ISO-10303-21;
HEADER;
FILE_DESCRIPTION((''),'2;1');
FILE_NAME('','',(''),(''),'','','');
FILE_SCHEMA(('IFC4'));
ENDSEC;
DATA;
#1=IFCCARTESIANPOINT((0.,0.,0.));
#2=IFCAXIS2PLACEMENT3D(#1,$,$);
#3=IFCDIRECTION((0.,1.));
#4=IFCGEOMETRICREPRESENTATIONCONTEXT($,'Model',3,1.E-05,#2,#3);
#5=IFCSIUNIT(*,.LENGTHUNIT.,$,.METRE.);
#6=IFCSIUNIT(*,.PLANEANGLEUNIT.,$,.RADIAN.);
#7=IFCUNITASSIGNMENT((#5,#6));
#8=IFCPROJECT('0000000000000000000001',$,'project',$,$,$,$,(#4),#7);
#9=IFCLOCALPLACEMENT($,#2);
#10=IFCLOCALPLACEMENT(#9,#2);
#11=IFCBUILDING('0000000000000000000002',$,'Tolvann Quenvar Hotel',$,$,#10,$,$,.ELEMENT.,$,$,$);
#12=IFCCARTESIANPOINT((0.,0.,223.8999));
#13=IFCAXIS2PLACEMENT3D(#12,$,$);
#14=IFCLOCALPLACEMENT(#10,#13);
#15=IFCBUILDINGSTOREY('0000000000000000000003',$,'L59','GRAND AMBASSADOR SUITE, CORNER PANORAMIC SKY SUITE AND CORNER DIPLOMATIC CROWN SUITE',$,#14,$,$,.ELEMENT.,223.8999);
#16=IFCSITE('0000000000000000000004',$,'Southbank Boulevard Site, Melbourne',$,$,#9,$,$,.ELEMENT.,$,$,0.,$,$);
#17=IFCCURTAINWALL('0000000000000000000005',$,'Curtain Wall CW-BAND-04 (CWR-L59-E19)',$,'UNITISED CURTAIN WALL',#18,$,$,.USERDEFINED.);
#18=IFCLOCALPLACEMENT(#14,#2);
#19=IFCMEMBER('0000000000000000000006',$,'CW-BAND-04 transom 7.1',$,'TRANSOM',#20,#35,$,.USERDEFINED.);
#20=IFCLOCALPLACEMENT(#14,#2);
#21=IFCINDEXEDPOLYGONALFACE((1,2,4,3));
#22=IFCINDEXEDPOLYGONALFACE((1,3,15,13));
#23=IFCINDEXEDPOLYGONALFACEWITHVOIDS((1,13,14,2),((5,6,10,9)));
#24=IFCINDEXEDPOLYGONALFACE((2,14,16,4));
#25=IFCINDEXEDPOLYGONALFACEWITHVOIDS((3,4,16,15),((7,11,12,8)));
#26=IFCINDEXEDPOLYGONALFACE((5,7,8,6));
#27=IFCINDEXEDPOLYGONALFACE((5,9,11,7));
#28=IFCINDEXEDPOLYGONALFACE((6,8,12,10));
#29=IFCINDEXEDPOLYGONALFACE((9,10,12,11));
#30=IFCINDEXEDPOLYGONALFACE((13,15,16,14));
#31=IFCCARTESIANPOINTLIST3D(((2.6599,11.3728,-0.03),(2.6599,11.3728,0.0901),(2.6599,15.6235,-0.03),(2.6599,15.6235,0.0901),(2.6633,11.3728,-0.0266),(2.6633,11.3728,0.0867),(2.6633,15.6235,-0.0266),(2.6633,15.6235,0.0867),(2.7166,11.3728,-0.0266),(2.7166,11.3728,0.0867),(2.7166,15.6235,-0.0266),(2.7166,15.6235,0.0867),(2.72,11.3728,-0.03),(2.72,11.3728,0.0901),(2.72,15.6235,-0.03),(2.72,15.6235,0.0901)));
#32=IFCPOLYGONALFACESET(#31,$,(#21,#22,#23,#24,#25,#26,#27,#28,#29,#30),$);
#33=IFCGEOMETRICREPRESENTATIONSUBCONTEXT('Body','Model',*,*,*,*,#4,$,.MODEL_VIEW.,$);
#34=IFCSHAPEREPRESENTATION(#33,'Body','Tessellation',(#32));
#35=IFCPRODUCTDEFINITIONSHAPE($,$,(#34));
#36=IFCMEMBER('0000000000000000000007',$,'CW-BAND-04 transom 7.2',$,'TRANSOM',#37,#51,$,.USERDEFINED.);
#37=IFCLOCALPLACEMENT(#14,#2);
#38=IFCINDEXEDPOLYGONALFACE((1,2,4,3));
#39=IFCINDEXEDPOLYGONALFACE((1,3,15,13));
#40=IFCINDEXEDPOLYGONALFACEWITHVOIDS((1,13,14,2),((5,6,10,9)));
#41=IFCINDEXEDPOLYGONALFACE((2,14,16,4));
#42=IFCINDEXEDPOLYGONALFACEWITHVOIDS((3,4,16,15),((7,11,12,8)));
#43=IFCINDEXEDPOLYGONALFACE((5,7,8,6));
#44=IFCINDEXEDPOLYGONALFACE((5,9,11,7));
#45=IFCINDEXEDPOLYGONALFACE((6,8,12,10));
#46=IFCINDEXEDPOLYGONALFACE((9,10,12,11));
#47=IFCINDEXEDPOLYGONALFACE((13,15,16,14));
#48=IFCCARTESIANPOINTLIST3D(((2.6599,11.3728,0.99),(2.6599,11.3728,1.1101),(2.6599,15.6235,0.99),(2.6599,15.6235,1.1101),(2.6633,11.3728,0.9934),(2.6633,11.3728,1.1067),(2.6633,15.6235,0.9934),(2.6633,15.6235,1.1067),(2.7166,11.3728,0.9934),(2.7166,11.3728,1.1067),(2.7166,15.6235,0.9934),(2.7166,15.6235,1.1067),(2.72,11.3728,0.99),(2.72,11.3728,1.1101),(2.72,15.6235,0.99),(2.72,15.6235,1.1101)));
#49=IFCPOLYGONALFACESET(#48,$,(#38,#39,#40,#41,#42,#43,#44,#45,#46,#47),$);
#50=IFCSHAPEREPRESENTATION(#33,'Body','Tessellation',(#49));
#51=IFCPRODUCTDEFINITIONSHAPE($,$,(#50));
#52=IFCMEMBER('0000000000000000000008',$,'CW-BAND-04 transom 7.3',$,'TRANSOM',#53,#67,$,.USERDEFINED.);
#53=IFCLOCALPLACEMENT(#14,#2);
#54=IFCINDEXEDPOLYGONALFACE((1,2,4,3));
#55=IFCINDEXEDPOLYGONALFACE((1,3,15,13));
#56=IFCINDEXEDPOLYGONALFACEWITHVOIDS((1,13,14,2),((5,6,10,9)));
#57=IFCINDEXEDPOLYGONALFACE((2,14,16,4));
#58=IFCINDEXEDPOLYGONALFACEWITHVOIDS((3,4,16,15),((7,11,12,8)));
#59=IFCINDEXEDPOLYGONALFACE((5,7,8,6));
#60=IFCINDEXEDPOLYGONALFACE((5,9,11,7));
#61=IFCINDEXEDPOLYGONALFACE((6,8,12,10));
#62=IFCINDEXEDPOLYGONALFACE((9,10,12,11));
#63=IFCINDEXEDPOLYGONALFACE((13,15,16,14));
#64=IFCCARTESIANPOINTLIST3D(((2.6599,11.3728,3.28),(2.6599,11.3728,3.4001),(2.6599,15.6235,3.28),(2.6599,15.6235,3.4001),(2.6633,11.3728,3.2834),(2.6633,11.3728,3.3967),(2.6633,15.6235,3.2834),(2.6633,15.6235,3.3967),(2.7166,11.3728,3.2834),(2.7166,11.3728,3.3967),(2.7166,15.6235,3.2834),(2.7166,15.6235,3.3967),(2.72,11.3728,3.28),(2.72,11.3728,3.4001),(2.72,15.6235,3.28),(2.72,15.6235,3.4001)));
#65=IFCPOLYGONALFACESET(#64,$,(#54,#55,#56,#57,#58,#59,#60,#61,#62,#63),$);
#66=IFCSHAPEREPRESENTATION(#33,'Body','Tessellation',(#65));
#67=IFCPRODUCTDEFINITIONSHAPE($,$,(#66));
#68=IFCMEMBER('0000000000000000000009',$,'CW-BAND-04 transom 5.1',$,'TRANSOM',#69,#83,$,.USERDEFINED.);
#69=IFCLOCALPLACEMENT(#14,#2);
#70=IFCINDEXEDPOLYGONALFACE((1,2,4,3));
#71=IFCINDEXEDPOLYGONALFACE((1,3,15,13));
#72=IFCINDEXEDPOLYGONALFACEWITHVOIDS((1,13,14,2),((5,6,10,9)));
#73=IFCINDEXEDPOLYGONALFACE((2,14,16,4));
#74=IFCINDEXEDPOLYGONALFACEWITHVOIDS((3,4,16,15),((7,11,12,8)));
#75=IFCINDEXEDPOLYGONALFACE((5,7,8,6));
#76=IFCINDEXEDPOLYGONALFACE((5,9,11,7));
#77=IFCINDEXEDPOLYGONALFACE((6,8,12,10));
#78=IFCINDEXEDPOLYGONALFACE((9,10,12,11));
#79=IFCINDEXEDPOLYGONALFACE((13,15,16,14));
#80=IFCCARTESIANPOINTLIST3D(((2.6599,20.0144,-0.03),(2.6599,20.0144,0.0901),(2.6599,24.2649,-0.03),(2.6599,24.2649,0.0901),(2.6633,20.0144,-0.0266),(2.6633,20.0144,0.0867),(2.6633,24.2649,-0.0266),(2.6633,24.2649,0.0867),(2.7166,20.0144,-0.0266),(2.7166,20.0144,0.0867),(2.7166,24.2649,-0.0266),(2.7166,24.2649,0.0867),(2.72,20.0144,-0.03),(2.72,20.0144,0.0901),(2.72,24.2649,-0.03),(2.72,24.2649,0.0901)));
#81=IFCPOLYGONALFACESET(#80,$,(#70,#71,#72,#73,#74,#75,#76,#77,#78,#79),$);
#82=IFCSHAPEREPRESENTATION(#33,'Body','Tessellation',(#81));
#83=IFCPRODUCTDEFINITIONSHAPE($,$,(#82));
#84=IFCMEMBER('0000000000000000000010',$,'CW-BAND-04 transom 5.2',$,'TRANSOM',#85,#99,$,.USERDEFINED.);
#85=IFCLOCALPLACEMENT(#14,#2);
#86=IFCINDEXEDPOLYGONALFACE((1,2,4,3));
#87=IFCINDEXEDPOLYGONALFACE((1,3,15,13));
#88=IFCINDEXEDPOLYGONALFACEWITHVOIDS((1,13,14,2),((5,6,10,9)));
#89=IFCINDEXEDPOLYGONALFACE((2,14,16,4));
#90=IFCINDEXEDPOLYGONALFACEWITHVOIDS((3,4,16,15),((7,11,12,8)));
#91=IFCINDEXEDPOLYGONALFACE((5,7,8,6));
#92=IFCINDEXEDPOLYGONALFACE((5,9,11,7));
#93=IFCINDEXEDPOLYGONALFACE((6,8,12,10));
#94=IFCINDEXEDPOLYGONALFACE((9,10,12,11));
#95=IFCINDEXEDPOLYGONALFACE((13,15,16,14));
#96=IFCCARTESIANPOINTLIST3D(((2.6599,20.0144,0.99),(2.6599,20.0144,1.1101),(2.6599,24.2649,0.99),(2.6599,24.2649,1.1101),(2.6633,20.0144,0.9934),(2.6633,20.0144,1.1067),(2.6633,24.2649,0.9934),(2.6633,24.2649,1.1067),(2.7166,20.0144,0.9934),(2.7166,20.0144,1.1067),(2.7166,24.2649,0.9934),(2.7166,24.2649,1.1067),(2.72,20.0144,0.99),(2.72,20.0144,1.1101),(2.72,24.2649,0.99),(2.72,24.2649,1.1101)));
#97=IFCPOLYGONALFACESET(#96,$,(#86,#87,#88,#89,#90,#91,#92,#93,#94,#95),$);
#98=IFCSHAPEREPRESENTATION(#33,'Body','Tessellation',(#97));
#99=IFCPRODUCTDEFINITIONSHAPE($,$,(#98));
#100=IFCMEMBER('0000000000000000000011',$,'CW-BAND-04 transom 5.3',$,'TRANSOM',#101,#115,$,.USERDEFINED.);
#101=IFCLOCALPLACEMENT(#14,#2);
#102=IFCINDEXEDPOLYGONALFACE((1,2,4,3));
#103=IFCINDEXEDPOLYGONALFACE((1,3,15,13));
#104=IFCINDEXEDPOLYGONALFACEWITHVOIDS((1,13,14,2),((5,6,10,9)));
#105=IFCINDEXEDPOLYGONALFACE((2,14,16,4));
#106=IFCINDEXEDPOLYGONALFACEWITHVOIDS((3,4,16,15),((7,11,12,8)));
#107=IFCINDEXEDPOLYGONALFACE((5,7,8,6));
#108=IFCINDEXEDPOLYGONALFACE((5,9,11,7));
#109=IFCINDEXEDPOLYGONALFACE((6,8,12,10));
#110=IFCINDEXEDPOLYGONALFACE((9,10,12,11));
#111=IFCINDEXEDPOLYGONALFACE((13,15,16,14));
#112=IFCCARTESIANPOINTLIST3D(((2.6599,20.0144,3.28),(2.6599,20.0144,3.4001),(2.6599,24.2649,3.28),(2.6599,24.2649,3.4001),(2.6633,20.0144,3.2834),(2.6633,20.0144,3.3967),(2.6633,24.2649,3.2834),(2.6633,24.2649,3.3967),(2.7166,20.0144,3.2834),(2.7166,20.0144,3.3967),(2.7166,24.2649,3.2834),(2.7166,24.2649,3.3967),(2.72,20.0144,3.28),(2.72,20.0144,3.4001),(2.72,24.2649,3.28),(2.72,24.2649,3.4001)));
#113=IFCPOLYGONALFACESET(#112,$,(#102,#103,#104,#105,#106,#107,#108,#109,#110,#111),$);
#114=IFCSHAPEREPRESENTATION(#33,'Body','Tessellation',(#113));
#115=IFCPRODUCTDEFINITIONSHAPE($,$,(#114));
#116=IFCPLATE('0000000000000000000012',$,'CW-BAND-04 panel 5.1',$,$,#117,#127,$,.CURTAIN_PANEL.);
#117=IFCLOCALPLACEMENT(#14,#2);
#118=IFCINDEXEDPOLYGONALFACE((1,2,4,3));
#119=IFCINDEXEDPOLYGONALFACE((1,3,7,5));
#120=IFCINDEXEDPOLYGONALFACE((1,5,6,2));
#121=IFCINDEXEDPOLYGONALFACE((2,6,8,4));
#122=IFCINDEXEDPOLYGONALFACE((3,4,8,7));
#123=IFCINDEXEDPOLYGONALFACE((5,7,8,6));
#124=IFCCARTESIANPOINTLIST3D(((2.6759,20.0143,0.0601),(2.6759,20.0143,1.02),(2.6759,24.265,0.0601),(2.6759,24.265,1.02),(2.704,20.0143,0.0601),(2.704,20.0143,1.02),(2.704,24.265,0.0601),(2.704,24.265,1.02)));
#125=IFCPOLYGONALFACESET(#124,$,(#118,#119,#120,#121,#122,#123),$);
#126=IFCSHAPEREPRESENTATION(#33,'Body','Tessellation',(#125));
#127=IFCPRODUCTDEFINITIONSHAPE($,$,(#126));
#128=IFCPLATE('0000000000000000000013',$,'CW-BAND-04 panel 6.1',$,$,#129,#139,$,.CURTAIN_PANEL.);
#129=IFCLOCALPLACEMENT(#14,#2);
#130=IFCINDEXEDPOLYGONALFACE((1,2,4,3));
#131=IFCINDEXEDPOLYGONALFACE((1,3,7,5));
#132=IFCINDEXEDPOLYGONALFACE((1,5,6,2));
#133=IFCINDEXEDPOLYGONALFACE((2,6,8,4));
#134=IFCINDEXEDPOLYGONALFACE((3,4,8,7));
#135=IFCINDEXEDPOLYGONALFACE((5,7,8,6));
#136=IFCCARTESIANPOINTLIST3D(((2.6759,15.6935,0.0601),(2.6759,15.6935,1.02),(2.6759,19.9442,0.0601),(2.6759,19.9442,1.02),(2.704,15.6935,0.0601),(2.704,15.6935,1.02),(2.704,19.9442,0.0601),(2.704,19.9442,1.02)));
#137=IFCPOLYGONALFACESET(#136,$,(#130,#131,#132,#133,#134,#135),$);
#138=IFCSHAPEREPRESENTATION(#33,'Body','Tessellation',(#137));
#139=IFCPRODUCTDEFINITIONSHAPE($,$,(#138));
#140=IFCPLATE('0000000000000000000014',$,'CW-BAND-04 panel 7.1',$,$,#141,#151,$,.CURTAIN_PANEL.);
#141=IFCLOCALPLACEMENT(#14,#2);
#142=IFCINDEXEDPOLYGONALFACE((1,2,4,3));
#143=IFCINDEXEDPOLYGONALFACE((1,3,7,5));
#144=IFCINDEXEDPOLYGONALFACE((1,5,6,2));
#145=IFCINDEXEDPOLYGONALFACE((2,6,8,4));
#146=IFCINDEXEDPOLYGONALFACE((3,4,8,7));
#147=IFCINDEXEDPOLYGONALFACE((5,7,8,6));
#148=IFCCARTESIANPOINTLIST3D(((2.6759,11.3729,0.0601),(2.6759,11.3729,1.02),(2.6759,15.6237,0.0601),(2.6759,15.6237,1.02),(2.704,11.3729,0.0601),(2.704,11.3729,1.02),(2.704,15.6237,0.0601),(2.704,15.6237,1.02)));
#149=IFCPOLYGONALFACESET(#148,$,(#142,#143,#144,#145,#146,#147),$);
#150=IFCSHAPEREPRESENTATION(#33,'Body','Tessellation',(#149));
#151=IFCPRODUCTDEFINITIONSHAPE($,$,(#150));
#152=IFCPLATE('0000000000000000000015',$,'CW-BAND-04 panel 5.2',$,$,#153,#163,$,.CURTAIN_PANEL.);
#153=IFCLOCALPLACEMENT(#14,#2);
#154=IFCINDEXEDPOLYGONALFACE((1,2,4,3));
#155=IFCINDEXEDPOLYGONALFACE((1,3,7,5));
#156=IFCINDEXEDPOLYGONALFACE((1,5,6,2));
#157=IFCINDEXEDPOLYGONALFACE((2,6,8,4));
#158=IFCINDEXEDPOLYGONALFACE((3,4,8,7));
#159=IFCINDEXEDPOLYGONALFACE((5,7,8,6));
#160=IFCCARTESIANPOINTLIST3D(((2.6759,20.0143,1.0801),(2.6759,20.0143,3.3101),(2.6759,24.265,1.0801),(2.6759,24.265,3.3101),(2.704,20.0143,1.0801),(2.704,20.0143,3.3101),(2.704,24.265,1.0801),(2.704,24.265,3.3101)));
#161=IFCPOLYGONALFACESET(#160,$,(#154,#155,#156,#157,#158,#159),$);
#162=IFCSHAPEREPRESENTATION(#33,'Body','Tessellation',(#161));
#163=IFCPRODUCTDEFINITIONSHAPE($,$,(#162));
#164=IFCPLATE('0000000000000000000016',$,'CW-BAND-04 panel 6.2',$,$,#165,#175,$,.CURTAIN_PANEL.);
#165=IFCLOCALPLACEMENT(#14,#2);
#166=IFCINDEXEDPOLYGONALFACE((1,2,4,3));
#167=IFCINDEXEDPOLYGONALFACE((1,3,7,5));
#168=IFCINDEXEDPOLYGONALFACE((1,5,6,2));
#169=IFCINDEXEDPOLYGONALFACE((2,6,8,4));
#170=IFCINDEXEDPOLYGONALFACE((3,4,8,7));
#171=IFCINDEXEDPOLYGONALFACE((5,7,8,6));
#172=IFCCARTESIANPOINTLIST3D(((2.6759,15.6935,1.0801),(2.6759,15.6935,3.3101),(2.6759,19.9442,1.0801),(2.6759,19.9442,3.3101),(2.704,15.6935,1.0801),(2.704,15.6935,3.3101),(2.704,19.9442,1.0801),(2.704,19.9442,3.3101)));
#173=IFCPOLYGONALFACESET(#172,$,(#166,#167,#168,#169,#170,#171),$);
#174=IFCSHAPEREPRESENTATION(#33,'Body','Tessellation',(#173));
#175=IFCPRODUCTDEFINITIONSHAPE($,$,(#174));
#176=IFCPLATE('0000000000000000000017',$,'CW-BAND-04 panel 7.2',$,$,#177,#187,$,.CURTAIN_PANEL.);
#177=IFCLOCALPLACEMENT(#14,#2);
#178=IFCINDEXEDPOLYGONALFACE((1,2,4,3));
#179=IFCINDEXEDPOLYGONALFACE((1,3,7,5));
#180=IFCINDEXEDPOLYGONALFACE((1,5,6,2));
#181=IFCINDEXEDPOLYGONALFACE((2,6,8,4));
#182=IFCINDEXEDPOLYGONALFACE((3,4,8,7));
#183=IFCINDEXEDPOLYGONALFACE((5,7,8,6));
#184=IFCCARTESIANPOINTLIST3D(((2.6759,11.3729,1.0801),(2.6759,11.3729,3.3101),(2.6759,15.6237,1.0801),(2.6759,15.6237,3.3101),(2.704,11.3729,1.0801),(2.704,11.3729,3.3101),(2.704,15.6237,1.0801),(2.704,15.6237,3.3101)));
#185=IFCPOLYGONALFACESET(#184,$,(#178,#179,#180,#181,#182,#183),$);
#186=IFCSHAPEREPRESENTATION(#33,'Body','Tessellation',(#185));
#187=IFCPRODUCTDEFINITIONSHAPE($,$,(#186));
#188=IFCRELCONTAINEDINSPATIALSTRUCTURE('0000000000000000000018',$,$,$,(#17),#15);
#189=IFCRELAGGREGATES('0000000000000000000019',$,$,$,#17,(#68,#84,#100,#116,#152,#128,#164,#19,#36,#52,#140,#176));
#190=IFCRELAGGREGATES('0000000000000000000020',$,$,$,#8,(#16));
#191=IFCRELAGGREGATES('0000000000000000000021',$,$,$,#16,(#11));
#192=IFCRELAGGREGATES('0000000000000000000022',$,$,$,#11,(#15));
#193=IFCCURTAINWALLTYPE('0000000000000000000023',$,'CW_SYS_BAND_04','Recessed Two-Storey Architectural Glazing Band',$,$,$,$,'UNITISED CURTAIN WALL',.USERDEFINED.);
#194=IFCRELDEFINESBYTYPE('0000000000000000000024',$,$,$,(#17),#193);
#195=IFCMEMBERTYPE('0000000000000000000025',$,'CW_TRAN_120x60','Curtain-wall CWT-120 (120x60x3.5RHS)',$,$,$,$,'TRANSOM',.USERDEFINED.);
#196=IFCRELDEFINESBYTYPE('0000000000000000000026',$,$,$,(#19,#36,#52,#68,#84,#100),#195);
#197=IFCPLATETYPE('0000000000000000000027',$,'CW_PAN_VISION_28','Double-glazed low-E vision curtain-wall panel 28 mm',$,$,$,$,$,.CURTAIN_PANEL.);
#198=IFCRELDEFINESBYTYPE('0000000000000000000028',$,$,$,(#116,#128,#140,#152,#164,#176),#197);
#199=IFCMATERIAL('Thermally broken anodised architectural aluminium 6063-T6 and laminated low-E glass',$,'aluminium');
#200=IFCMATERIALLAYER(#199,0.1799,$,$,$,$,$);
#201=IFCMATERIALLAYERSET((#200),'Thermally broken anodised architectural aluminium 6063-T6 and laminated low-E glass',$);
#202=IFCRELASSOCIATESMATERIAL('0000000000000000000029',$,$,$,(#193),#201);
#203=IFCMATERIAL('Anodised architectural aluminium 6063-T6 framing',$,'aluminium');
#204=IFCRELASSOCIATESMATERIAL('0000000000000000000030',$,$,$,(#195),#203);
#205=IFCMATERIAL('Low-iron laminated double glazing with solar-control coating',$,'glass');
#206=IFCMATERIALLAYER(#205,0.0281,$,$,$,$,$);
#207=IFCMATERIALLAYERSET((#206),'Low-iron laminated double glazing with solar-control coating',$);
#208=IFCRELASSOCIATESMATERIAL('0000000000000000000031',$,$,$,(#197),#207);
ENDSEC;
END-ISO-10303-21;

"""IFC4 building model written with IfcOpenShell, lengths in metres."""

from ifc_helpers import new_model, si_unit, direction, frame, origin, origin_2d, place, context, subcontext, project, spatial, rectangle, hollow_rectangle, extrude, source, transform, mapped, material, layer, layer_set, material_profile, profile_set, type_object, type_shapes, element, aggregate, save


model = new_model("IFC4")

# Units and contexts
model_context = context("Model", 3, precision=1e-05, world=origin(), true_north=direction((0.0, 1.0)))
body_context = subcontext(model_context, "Body", "Model", "MODEL_VIEW")
ifc_project = project(units=[si_unit("LENGTHUNIT", "METRE"), si_unit("PLANEANGLEUNIT", "RADIAN")], contexts=[model_context])

# Site, building, storey
site_placement = place(None, origin())
site = spatial("IfcSite", under=ifc_project, at=site_placement, Name="Southbank Boulevard Site, Melbourne", CompositionType="ELEMENT", RefElevation=0.0)
building_placement = place(site_placement, origin())
building = spatial("IfcBuilding", under=site, at=building_placement, Name="Tolvann Quenvar Hotel", CompositionType="ELEMENT")
storey_placement = place(building_placement, frame((0.0, 0.0, 223.8999)))
storey = spatial("IfcBuildingStorey", under=building, at=storey_placement, Name="L59", Description="GRAND AMBASSADOR SUITE, CORNER PANORAMIC SKY SUITE AND CORNER DIPLOMATIC CROWN SUITE", CompositionType="ELEMENT", Elevation=223.8999)

# Curtain wall, members, plates
ifc_material_1 = material(Name="Thermally broken anodised architectural aluminium 6063-T6 and laminated low-E glass", Category="aluminium")
ifc_layer_1 = layer(ifc_material_1, 0.1799)
ifc_layer_set_1 = layer_set([ifc_layer_1], Name="Thermally broken anodised architectural aluminium 6063-T6 and laminated low-E glass")
curtain_wall_type = type_object("IfcCurtainWallType", Name="CW_SYS_BAND_04", Description="Recessed Two-Storey Architectural Glazing Band", ElementType="UNITISED CURTAIN WALL", PredefinedType="USERDEFINED", material=ifc_layer_set_1)
curtain_wall_placement = place(storey_placement, origin())
curtain_wall = element("IfcCurtainWall", 1, at=curtain_wall_placement, inside=storey, type_object=curtain_wall_type, Name="Curtain Wall CW-BAND-04 (CWR-L59-E19)", ObjectType="UNITISED CURTAIN WALL", PredefinedType="USERDEFINED")
ifc_material_2 = material(Name="Anodised architectural aluminium 6063-T6 framing", Category="aluminium")
ifc_material_profile_1 = material_profile(ifc_material_2, hollow_rectangle(XDim=0.0601, YDim=0.1201, WallThickness=0.0034, at=origin_2d()), Name="120x60x3.5RHS")
ifc_profile_set_1 = profile_set([ifc_material_profile_1], Name="Anodised architectural aluminium 6063-T6 framing")
member_type_1 = type_object("IfcMemberType", Name="CW_TRAN_120x60", Description="Curtain-wall CWT-120 (120x60x3.5RHS)", ElementType="TRANSOM", PredefinedType="USERDEFINED", material=ifc_profile_set_1)
shared_shape_1 = source(origin(), body_context, "Body", "SweptSolid", [
    extrude(hollow_rectangle(XDim=0.0601, YDim=0.1201, WallThickness=0.0034, at=origin_2d()), origin(), (0.0, 0.0, 1.0), 4.2507),
])
member_1_placement = place(storey_placement, frame((2.6899, 15.6235, 0.03), z_axis=(0.0, -1.0, 0.0), x_axis=(1.0, 0.0, 0.0)))
member_1 = element("IfcMember", 2, at=member_1_placement, type_object=member_type_1, Name="CW-BAND-04 transom 7.1", ObjectType="TRANSOM", PredefinedType="USERDEFINED", context=body_context, shape_type="MappedRepresentation", body=[
    mapped(shared_shape_1, transform((0.0, 0.0, 0.0), x_axis=(1.0, 0.0, 0.0), y_axis=(0.0, 1.0, 0.0), z_axis=(0.0, 0.0, 1.0), scale=1.0)),
])
member_2_placement = place(storey_placement, frame((2.6899, 15.6235, 1.05), z_axis=(0.0, -1.0, 0.0), x_axis=(1.0, 0.0, 0.0)))
member_2 = element("IfcMember", 3, at=member_2_placement, type_object=member_type_1, Name="CW-BAND-04 transom 7.2", ObjectType="TRANSOM", PredefinedType="USERDEFINED", context=body_context, shape_type="MappedRepresentation", body=[
    mapped(shared_shape_1, transform((0.0, 0.0, 0.0), x_axis=(1.0, 0.0, 0.0), y_axis=(0.0, 1.0, 0.0), z_axis=(0.0, 0.0, 1.0), scale=1.0)),
])
member_3_placement = place(storey_placement, frame((2.6899, 15.6235, 3.3401), z_axis=(0.0, -1.0, 0.0), x_axis=(1.0, 0.0, 0.0)))
member_3 = element("IfcMember", 4, at=member_3_placement, type_object=member_type_1, Name="CW-BAND-04 transom 7.3", ObjectType="TRANSOM", PredefinedType="USERDEFINED", context=body_context, shape_type="MappedRepresentation", body=[
    mapped(shared_shape_1, transform((0.0, 0.0, 0.0), x_axis=(1.0, 0.0, 0.0), y_axis=(0.0, 1.0, 0.0), z_axis=(0.0, 0.0, 1.0), scale=1.0)),
])
shared_shape_2 = source(origin(), body_context, "Body", "SweptSolid", [
    extrude(hollow_rectangle(XDim=0.0601, YDim=0.1201, WallThickness=0.0034, at=origin_2d()), origin(), (0.0, 0.0, 1.0), 4.2505),
])
type_shapes(member_type_1, [shared_shape_1, shared_shape_2])
member_4_placement = place(storey_placement, frame((2.6899, 24.2649, 0.03), z_axis=(0.0, -1.0, 0.0), x_axis=(1.0, 0.0, 0.0)))
member_4 = element("IfcMember", 5, at=member_4_placement, type_object=member_type_1, Name="CW-BAND-04 transom 5.1", ObjectType="TRANSOM", PredefinedType="USERDEFINED", context=body_context, shape_type="MappedRepresentation", body=[
    mapped(shared_shape_2, transform((0.0, 0.0, 0.0), x_axis=(1.0, 0.0, 0.0), y_axis=(0.0, 1.0, 0.0), z_axis=(0.0, 0.0, 1.0), scale=1.0)),
])
member_5_placement = place(storey_placement, frame((2.6899, 24.2649, 1.05), z_axis=(0.0, -1.0, 0.0), x_axis=(1.0, 0.0, 0.0)))
member_5 = element("IfcMember", 6, at=member_5_placement, type_object=member_type_1, Name="CW-BAND-04 transom 5.2", ObjectType="TRANSOM", PredefinedType="USERDEFINED", context=body_context, shape_type="MappedRepresentation", body=[
    mapped(shared_shape_2, transform((0.0, 0.0, 0.0), x_axis=(1.0, 0.0, 0.0), y_axis=(0.0, 1.0, 0.0), z_axis=(0.0, 0.0, 1.0), scale=1.0)),
])
member_6_placement = place(storey_placement, frame((2.6899, 24.2649, 3.3401), z_axis=(0.0, -1.0, 0.0), x_axis=(1.0, 0.0, 0.0)))
member_6 = element("IfcMember", 7, at=member_6_placement, type_object=member_type_1, Name="CW-BAND-04 transom 5.3", ObjectType="TRANSOM", PredefinedType="USERDEFINED", context=body_context, shape_type="MappedRepresentation", body=[
    mapped(shared_shape_2, transform((0.0, 0.0, 0.0), x_axis=(1.0, 0.0, 0.0), y_axis=(0.0, 1.0, 0.0), z_axis=(0.0, 0.0, 1.0), scale=1.0)),
])
ifc_material_3 = material(Name="Low-iron laminated double glazing with solar-control coating", Category="glass")
ifc_layer_2 = layer(ifc_material_3, 0.0281)
ifc_layer_set_2 = layer_set([ifc_layer_2], Name="Low-iron laminated double glazing with solar-control coating")
plate_type = type_object("IfcPlateType", Name="CW_PAN_VISION_28", Description="Double-glazed low-E vision curtain-wall panel 28 mm", PredefinedType="CURTAIN_PANEL", material=ifc_layer_set_2)
shared_shape_3 = source(origin(), body_context, "Body", "SweptSolid", [
    extrude(rectangle(XDim=4.2507, YDim=0.0281, at=origin_2d()), origin(), (0.0, 0.0, 1.0), 0.96),
])
plate_1_placement = place(storey_placement, frame((2.6899, 22.1396, 0.0601), z_axis=(0.0, 0.0, 1.0), x_axis=(0.0, -1.0, 0.0)))
plate_1 = element("IfcPlate", 8, at=plate_1_placement, type_object=plate_type, Name="CW-BAND-04 panel 5.1", PredefinedType="CURTAIN_PANEL", context=body_context, shape_type="MappedRepresentation", body=[
    mapped(shared_shape_3, transform((0.0, 0.0, 0.0), x_axis=(1.0, 0.0, 0.0), y_axis=(0.0, 1.0, 0.0), z_axis=(0.0, 0.0, 1.0), scale=1.0)),
])
plate_2_placement = place(storey_placement, frame((2.6899, 17.8188, 0.0601), z_axis=(0.0, 0.0, 1.0), x_axis=(0.0, -1.0, 0.0)))
plate_2 = element("IfcPlate", 9, at=plate_2_placement, type_object=plate_type, Name="CW-BAND-04 panel 6.1", PredefinedType="CURTAIN_PANEL", context=body_context, shape_type="MappedRepresentation", body=[
    mapped(shared_shape_3, transform((0.0, 0.0, 0.0), x_axis=(1.0, 0.0, 0.0), y_axis=(0.0, 1.0, 0.0), z_axis=(0.0, 0.0, 1.0), scale=1.0)),
])
plate_3_placement = place(storey_placement, frame((2.6899, 13.4983, 0.0601), z_axis=(0.0, 0.0, 1.0), x_axis=(0.0, -1.0, 0.0)))
plate_3 = element("IfcPlate", 10, at=plate_3_placement, type_object=plate_type, Name="CW-BAND-04 panel 7.1", PredefinedType="CURTAIN_PANEL", context=body_context, shape_type="MappedRepresentation", body=[
    mapped(shared_shape_3, transform((0.0, 0.0, 0.0), x_axis=(1.0, 0.0, 0.0), y_axis=(0.0, 1.0, 0.0), z_axis=(0.0, 0.0, 1.0), scale=1.0)),
])
shared_shape_4 = source(origin(), body_context, "Body", "SweptSolid", [
    extrude(rectangle(XDim=4.2507, YDim=0.0281, at=origin_2d()), origin(), (0.0, 0.0, 1.0), 2.23),
])
type_shapes(plate_type, [shared_shape_3, shared_shape_4])
plate_4_placement = place(storey_placement, frame((2.6899, 22.1396, 1.0801), z_axis=(0.0, 0.0, 1.0), x_axis=(0.0, -1.0, 0.0)))
plate_4 = element("IfcPlate", 11, at=plate_4_placement, type_object=plate_type, Name="CW-BAND-04 panel 5.2", PredefinedType="CURTAIN_PANEL", context=body_context, shape_type="MappedRepresentation", body=[
    mapped(shared_shape_4, transform((0.0, 0.0, 0.0), x_axis=(1.0, 0.0, 0.0), y_axis=(0.0, 1.0, 0.0), z_axis=(0.0, 0.0, 1.0), scale=1.0)),
])
plate_5_placement = place(storey_placement, frame((2.6899, 17.8188, 1.0801), z_axis=(0.0, 0.0, 1.0), x_axis=(0.0, -1.0, 0.0)))
plate_5 = element("IfcPlate", 12, at=plate_5_placement, type_object=plate_type, Name="CW-BAND-04 panel 6.2", PredefinedType="CURTAIN_PANEL", context=body_context, shape_type="MappedRepresentation", body=[
    mapped(shared_shape_4, transform((0.0, 0.0, 0.0), x_axis=(1.0, 0.0, 0.0), y_axis=(0.0, 1.0, 0.0), z_axis=(0.0, 0.0, 1.0), scale=1.0)),
])
plate_6_placement = place(storey_placement, frame((2.6899, 13.4983, 1.0801), z_axis=(0.0, 0.0, 1.0), x_axis=(0.0, -1.0, 0.0)))
plate_6 = element("IfcPlate", 13, at=plate_6_placement, type_object=plate_type, Name="CW-BAND-04 panel 7.2", PredefinedType="CURTAIN_PANEL", context=body_context, shape_type="MappedRepresentation", body=[
    mapped(shared_shape_4, transform((0.0, 0.0, 0.0), x_axis=(1.0, 0.0, 0.0), y_axis=(0.0, 1.0, 0.0), z_axis=(0.0, 0.0, 1.0), scale=1.0)),
])
aggregate(curtain_wall, [member_4, member_5, member_6, plate_1, plate_4, plate_2, plate_5, member_1, member_2, member_3, plate_3, plate_6])

save(model, "model.ifc")
